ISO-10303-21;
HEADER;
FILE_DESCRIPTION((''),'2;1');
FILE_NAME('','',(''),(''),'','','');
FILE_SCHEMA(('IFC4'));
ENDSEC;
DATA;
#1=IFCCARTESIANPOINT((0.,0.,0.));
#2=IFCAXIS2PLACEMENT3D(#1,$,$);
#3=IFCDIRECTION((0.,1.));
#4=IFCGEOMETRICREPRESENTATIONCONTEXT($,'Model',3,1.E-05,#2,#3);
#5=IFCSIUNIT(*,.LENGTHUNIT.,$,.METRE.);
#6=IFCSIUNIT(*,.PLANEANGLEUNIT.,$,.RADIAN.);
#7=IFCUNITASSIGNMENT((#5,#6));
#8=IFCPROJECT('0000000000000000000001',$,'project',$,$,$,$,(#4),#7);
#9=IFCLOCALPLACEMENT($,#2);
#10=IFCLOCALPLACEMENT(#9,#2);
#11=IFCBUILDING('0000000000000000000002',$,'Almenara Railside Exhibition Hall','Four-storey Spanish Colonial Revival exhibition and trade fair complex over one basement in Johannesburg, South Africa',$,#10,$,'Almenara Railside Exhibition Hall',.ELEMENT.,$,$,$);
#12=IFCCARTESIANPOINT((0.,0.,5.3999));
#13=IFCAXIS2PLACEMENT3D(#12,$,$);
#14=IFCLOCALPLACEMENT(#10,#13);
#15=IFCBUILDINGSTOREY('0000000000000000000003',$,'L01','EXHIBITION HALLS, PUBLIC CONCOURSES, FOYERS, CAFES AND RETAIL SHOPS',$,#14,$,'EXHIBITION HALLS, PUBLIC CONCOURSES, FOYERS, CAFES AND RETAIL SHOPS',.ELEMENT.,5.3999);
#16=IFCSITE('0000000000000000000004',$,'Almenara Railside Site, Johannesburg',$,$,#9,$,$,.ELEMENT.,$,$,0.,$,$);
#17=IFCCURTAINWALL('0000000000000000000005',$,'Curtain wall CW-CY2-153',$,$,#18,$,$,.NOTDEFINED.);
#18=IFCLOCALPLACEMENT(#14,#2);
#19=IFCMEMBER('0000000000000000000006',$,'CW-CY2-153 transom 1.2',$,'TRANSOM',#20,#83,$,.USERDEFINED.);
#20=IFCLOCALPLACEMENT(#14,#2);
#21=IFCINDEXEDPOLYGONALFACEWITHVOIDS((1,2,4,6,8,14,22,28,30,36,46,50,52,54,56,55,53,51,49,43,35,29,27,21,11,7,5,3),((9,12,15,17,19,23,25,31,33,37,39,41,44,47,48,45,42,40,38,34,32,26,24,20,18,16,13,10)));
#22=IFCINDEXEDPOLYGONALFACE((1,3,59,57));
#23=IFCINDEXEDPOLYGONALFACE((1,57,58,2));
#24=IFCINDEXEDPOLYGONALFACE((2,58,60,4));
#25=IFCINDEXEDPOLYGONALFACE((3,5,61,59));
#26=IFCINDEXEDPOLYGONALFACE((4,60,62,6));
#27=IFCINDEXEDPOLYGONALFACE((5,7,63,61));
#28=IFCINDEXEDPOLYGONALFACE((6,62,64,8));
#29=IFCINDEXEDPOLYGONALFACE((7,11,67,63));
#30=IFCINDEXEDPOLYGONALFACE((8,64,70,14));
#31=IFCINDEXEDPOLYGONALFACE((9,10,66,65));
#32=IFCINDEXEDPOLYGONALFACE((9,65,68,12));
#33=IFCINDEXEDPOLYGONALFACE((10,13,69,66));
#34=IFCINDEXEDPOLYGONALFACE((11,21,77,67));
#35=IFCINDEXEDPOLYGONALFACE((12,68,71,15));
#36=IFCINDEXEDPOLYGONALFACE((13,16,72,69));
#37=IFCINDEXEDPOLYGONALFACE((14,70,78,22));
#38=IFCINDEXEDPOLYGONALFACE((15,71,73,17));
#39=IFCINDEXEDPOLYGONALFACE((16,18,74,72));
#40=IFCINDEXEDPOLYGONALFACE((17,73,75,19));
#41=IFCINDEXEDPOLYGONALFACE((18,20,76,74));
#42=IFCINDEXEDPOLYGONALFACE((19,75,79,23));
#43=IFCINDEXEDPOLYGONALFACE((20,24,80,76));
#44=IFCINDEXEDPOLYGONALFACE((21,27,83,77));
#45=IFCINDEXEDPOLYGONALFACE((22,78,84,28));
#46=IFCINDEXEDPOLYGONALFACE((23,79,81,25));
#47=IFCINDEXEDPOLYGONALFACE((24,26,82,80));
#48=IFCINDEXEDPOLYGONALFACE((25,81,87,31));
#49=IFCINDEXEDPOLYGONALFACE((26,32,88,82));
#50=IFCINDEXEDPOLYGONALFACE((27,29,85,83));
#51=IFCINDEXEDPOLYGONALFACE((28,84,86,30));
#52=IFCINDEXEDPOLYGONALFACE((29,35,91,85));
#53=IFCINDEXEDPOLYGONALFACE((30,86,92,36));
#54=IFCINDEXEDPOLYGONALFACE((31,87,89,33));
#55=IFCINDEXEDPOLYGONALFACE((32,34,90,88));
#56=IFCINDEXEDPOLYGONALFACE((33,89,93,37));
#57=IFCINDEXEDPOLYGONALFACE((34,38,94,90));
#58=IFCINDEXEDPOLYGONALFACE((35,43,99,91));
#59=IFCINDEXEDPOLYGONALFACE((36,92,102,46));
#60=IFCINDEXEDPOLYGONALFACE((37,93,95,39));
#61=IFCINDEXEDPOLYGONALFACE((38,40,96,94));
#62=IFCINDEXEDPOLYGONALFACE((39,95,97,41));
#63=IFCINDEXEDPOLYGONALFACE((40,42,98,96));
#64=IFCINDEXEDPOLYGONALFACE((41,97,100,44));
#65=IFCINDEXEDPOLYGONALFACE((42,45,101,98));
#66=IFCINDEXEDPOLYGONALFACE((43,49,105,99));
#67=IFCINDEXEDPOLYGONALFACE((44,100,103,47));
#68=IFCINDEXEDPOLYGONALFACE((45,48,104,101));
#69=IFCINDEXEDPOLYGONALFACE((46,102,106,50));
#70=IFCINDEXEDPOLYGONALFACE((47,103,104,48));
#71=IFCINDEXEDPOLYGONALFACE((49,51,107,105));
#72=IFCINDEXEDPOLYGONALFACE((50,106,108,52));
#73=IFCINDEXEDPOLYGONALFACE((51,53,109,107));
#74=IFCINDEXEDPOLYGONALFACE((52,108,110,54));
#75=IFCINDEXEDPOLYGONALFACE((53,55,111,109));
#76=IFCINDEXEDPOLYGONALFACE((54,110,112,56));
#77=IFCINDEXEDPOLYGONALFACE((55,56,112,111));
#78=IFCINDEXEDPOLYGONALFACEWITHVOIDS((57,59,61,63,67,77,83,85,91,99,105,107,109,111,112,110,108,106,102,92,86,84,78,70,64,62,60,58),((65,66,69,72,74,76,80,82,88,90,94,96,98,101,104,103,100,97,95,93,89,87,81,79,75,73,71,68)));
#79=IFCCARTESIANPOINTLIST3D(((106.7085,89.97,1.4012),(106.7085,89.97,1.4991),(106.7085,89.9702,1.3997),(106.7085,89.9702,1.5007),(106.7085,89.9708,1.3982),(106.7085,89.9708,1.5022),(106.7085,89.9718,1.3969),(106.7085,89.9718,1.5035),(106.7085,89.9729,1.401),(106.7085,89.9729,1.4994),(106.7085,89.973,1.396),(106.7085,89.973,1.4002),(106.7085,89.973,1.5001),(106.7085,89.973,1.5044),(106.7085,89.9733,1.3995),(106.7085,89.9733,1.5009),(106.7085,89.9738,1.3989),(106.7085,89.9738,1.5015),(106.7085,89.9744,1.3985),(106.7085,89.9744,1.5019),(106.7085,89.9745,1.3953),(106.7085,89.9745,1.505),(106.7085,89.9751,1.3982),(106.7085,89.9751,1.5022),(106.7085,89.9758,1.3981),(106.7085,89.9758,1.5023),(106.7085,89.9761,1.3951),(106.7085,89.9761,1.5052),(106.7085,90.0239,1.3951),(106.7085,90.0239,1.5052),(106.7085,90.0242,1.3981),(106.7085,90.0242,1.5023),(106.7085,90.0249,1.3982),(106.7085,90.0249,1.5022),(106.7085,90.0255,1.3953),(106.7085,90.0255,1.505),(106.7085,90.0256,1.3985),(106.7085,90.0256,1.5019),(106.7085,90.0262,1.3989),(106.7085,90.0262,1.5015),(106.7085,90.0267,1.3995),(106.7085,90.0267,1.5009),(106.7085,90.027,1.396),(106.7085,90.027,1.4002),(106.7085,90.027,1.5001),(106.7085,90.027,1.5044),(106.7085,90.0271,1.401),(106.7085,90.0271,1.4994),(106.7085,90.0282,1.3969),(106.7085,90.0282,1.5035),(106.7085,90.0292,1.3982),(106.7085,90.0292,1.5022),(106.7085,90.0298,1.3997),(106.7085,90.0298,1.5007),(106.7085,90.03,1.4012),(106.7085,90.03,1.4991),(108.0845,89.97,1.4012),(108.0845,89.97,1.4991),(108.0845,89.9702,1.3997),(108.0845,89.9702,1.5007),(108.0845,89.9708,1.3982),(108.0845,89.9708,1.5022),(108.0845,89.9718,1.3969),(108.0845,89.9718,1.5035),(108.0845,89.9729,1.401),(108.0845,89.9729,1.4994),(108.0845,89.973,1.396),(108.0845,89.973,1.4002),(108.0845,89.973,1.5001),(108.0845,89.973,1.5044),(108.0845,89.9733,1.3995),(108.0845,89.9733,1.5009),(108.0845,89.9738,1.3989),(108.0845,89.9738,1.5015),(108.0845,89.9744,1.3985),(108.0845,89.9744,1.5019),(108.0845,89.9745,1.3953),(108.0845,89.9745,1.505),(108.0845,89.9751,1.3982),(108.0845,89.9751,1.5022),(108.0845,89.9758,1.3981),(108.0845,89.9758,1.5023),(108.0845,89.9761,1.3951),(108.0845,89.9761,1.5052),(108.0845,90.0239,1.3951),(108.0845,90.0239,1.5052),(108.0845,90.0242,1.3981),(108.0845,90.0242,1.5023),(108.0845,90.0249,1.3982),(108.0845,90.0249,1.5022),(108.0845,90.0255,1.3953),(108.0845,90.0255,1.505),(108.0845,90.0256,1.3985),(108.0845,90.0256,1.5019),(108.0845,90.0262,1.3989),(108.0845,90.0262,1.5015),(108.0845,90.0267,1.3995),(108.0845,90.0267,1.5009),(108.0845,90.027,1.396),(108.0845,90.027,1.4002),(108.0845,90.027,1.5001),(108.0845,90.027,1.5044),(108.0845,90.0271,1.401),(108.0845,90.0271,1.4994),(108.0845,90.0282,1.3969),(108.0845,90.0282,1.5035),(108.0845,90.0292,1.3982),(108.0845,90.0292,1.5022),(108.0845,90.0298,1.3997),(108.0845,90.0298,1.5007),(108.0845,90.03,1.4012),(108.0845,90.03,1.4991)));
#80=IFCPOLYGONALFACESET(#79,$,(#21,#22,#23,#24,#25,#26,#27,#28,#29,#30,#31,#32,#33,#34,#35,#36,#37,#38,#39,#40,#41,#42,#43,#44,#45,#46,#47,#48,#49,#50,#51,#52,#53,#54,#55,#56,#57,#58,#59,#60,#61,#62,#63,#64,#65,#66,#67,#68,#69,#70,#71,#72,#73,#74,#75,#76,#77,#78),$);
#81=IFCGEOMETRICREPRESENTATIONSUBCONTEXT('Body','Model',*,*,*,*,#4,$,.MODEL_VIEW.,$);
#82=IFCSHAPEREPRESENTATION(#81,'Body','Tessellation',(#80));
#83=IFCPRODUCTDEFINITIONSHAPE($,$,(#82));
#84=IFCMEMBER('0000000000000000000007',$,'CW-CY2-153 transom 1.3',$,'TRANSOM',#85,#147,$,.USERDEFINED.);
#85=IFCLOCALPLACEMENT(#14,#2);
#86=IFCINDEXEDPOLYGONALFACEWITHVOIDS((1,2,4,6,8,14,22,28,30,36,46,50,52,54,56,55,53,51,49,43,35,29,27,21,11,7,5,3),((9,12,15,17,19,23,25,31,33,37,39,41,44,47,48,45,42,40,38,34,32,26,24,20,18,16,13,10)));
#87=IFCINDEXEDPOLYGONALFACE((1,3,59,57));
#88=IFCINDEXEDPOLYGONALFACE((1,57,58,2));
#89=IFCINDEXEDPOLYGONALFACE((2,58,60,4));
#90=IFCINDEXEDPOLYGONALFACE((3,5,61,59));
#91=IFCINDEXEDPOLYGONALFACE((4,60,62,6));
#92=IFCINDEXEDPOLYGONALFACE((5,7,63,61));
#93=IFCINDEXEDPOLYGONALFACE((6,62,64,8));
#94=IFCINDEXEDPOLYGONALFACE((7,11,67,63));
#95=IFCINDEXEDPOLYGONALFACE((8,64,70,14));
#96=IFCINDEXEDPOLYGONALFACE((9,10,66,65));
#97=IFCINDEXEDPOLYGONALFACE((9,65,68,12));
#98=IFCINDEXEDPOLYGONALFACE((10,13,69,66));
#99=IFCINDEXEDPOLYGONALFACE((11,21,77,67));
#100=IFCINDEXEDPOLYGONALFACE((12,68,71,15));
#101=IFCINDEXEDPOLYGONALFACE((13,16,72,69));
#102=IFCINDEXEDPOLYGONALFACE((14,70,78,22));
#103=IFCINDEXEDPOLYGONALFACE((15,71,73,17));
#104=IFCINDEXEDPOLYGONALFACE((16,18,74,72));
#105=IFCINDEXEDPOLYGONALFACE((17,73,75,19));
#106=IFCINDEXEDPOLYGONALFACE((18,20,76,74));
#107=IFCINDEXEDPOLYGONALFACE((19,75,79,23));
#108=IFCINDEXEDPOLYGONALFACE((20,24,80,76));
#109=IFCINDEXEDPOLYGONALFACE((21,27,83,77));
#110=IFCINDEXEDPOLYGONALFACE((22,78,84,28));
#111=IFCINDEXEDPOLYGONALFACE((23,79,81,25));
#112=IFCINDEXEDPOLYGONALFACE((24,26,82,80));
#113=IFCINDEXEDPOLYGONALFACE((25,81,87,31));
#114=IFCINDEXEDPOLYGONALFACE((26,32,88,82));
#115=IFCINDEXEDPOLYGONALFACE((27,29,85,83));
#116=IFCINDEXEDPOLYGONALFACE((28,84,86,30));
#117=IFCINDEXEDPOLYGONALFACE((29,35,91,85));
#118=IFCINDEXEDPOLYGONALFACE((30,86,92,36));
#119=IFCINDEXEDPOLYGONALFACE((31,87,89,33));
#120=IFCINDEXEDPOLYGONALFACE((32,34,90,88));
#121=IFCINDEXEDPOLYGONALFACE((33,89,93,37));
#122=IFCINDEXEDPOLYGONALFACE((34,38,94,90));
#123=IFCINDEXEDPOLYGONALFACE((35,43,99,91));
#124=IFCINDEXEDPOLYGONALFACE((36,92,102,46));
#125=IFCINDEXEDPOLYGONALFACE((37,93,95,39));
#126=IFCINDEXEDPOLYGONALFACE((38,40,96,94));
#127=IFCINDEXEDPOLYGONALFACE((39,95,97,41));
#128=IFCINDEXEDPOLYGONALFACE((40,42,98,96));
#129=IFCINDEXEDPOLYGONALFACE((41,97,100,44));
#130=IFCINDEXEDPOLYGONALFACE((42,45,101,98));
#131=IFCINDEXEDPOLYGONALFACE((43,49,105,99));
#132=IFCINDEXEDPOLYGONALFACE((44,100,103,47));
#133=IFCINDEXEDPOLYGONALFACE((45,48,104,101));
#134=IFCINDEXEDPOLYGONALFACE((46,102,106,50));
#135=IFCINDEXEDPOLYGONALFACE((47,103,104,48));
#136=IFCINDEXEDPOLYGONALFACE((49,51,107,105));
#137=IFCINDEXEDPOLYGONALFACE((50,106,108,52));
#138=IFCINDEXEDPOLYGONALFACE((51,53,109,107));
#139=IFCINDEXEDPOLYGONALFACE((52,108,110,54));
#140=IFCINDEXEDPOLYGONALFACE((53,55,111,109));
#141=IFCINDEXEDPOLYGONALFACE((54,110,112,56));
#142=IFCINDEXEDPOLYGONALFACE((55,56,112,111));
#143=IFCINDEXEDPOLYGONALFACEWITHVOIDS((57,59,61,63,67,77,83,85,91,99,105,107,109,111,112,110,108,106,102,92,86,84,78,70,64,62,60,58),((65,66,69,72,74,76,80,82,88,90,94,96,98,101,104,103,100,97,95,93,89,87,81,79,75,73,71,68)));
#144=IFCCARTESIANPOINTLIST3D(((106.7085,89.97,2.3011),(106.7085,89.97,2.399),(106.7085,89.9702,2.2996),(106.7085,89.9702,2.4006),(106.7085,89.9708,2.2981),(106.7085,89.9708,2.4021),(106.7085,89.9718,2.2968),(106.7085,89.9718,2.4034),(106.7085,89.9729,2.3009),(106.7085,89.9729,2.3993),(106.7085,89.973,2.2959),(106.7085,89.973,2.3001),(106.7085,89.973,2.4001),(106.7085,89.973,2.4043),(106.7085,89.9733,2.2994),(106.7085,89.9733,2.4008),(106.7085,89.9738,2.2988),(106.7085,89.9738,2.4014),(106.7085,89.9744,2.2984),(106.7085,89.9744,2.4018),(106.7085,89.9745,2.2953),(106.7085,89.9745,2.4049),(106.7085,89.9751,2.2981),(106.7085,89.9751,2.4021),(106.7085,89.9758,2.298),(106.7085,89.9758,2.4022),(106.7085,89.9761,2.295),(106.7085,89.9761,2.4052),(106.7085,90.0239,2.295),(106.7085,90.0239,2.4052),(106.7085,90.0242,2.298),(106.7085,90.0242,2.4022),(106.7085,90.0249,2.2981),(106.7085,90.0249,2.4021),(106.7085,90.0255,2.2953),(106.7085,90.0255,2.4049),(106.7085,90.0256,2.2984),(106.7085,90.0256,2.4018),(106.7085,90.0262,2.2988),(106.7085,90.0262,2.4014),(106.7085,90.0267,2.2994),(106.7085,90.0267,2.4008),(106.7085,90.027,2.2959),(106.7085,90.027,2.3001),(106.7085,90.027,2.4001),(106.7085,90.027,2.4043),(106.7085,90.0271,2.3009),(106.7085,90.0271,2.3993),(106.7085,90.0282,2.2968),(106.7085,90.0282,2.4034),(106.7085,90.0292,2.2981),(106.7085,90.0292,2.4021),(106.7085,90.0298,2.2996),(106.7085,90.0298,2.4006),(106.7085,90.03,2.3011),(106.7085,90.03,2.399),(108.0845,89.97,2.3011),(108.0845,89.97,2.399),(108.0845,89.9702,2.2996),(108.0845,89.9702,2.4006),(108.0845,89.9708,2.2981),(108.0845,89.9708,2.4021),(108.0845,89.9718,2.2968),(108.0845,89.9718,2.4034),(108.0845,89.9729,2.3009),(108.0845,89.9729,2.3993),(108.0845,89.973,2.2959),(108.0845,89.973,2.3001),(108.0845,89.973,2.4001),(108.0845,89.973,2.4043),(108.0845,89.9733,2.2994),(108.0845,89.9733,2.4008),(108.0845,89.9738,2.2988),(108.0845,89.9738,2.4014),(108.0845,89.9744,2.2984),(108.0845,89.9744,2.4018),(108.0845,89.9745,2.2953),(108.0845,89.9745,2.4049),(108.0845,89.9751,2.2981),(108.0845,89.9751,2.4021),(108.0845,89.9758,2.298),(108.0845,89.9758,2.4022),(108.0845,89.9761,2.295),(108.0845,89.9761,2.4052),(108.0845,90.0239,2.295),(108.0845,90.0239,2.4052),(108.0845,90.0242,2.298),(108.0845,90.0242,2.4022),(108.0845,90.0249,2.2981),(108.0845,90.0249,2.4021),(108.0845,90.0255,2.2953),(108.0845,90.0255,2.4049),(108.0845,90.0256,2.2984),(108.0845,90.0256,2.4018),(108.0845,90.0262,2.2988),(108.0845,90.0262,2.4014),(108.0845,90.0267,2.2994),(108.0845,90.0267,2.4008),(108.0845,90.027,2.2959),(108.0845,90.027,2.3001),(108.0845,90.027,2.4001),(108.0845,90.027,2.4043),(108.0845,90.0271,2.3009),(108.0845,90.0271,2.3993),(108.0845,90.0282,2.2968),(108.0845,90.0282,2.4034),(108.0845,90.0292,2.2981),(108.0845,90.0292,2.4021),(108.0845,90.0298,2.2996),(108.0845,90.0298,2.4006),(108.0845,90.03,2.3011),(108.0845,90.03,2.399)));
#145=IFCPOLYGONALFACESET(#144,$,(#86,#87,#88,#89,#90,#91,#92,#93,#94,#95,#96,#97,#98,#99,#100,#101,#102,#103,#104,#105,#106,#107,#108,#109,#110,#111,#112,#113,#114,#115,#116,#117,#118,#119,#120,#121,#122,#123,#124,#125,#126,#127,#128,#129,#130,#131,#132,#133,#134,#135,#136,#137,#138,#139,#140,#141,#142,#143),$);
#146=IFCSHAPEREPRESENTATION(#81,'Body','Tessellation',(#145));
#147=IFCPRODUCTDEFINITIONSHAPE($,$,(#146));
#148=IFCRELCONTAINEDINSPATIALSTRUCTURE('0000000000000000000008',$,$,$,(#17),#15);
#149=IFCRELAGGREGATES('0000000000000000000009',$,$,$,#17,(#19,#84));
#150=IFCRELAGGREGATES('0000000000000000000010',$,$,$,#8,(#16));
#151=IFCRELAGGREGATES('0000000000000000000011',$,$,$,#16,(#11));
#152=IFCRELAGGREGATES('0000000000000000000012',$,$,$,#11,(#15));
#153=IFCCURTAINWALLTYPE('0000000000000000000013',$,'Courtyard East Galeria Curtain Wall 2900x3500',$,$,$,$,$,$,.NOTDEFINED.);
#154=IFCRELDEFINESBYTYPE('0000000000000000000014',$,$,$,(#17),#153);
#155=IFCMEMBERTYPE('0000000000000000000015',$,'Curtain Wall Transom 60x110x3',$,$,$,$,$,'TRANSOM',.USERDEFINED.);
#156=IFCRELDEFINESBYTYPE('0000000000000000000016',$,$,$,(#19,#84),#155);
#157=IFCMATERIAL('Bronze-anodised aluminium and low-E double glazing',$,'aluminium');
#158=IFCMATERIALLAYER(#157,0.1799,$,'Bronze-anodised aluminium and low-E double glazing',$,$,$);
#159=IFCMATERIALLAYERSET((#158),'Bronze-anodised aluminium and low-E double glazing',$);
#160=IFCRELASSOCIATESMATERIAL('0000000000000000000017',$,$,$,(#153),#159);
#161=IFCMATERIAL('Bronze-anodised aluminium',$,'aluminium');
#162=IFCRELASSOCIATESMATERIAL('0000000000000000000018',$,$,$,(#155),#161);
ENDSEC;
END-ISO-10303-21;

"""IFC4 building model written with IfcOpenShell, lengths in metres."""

from ifc_helpers import new_model, si_unit, direction, frame, origin, origin_2d, place, context, subcontext, project, spatial, hollow_rectangle, extrude, material, layer, layer_set, material_profile, profile_set, type_object, element, aggregate, save


model = new_model("IFC4")

# Units and contexts
model_context = context("Model", 3, precision=1e-05, world=origin(), true_north=direction((0.0, 1.0)))
body_context = subcontext(model_context, "Body", "Model", "MODEL_VIEW")
ifc_project = project(units=[si_unit("LENGTHUNIT", "METRE"), si_unit("PLANEANGLEUNIT", "RADIAN")], contexts=[model_context])

# Site, building, storey
site_placement = place(None, origin())
site = spatial("IfcSite", under=ifc_project, at=site_placement, Name="Almenara Railside Site, Johannesburg", CompositionType="ELEMENT", RefElevation=0.0)
building_placement = place(site_placement, origin())
building = spatial("IfcBuilding", under=site, at=building_placement, Name="Almenara Railside Exhibition Hall", Description="Four-storey Spanish Colonial Revival exhibition and trade fair complex over one basement in Johannesburg, South Africa", LongName="Almenara Railside Exhibition Hall", CompositionType="ELEMENT")
storey_placement = place(building_placement, frame((0.0, 0.0, 5.3999)))
storey = spatial("IfcBuildingStorey", under=building, at=storey_placement, Name="L01", Description="EXHIBITION HALLS, PUBLIC CONCOURSES, FOYERS, CAFES AND RETAIL SHOPS", LongName="EXHIBITION HALLS, PUBLIC CONCOURSES, FOYERS, CAFES AND RETAIL SHOPS", CompositionType="ELEMENT", Elevation=5.3999)

# Curtain wall
ifc_material_1 = material(Name="Bronze-anodised aluminium and low-E double glazing", Category="aluminium")
ifc_layer_1 = layer(ifc_material_1, 0.1799, Name="Bronze-anodised aluminium and low-E double glazing")
ifc_layer_set_1 = layer_set([ifc_layer_1], Name="Bronze-anodised aluminium and low-E double glazing")
curtain_wall_type_1 = type_object("IfcCurtainWallType", Name="Courtyard East Galeria Curtain Wall 2900x3500", PredefinedType="NOTDEFINED", material=ifc_layer_set_1)
curtain_wall_1_placement = place(storey_placement, origin())
curtain_wall_1 = element("IfcCurtainWall", 1, at=curtain_wall_1_placement, inside=storey, type_object=curtain_wall_type_1, Name="Curtain wall CW-CY2-153", PredefinedType="NOTDEFINED")
ifc_material_2 = material(Name="Bronze-anodised aluminium", Category="aluminium")

# Members
ifc_material_profile_1 = material_profile(ifc_material_2, hollow_rectangle(XDim=0.0601, YDim=0.1101, WallThickness=0.0029, InnerFilletRadius=0.0029, OuterFilletRadius=0.0061, at=origin_2d()), Name="ALU-TRN 60x110x3")
ifc_profile_set_1 = profile_set([ifc_material_profile_1], Name="Bronze-anodised aluminium")
member_type_1 = type_object("IfcMemberType", Name="Curtain Wall Transom 60x110x3", ElementType="TRANSOM", PredefinedType="USERDEFINED", material=ifc_profile_set_1)
member_1_placement = place(storey_placement, frame((108.0845, 90.0, 1.4502), z_axis=(-1.0, 0.0, 0.0), x_axis=(0.0, -1.0, 0.0)))
member_1 = element("IfcMember", 2, at=member_1_placement, type_object=member_type_1, Name="CW-CY2-153 transom 1.2", ObjectType="TRANSOM", PredefinedType="USERDEFINED", context=body_context, shape_type="SweptSolid", body=[
    extrude(hollow_rectangle(XDim=0.0601, YDim=0.1101, WallThickness=0.0029, InnerFilletRadius=0.0029, OuterFilletRadius=0.0061, at=origin_2d()), origin(), (0.0, 0.0, 1.0), 1.376),
])
member_2_placement = place(storey_placement, frame((108.0845, 90.0, 2.3501), z_axis=(-1.0, 0.0, 0.0), x_axis=(0.0, -1.0, 0.0)))
member_2 = element("IfcMember", 3, at=member_2_placement, type_object=member_type_1, Name="CW-CY2-153 transom 1.3", ObjectType="TRANSOM", PredefinedType="USERDEFINED", context=body_context, shape_type="SweptSolid", body=[
    extrude(hollow_rectangle(XDim=0.0601, YDim=0.1101, WallThickness=0.0029, InnerFilletRadius=0.0029, OuterFilletRadius=0.0061, at=origin_2d()), origin(), (0.0, 0.0, 1.0), 1.376),
])

aggregate(curtain_wall_1, [member_1, member_2])

save(model, "model.ifc")
